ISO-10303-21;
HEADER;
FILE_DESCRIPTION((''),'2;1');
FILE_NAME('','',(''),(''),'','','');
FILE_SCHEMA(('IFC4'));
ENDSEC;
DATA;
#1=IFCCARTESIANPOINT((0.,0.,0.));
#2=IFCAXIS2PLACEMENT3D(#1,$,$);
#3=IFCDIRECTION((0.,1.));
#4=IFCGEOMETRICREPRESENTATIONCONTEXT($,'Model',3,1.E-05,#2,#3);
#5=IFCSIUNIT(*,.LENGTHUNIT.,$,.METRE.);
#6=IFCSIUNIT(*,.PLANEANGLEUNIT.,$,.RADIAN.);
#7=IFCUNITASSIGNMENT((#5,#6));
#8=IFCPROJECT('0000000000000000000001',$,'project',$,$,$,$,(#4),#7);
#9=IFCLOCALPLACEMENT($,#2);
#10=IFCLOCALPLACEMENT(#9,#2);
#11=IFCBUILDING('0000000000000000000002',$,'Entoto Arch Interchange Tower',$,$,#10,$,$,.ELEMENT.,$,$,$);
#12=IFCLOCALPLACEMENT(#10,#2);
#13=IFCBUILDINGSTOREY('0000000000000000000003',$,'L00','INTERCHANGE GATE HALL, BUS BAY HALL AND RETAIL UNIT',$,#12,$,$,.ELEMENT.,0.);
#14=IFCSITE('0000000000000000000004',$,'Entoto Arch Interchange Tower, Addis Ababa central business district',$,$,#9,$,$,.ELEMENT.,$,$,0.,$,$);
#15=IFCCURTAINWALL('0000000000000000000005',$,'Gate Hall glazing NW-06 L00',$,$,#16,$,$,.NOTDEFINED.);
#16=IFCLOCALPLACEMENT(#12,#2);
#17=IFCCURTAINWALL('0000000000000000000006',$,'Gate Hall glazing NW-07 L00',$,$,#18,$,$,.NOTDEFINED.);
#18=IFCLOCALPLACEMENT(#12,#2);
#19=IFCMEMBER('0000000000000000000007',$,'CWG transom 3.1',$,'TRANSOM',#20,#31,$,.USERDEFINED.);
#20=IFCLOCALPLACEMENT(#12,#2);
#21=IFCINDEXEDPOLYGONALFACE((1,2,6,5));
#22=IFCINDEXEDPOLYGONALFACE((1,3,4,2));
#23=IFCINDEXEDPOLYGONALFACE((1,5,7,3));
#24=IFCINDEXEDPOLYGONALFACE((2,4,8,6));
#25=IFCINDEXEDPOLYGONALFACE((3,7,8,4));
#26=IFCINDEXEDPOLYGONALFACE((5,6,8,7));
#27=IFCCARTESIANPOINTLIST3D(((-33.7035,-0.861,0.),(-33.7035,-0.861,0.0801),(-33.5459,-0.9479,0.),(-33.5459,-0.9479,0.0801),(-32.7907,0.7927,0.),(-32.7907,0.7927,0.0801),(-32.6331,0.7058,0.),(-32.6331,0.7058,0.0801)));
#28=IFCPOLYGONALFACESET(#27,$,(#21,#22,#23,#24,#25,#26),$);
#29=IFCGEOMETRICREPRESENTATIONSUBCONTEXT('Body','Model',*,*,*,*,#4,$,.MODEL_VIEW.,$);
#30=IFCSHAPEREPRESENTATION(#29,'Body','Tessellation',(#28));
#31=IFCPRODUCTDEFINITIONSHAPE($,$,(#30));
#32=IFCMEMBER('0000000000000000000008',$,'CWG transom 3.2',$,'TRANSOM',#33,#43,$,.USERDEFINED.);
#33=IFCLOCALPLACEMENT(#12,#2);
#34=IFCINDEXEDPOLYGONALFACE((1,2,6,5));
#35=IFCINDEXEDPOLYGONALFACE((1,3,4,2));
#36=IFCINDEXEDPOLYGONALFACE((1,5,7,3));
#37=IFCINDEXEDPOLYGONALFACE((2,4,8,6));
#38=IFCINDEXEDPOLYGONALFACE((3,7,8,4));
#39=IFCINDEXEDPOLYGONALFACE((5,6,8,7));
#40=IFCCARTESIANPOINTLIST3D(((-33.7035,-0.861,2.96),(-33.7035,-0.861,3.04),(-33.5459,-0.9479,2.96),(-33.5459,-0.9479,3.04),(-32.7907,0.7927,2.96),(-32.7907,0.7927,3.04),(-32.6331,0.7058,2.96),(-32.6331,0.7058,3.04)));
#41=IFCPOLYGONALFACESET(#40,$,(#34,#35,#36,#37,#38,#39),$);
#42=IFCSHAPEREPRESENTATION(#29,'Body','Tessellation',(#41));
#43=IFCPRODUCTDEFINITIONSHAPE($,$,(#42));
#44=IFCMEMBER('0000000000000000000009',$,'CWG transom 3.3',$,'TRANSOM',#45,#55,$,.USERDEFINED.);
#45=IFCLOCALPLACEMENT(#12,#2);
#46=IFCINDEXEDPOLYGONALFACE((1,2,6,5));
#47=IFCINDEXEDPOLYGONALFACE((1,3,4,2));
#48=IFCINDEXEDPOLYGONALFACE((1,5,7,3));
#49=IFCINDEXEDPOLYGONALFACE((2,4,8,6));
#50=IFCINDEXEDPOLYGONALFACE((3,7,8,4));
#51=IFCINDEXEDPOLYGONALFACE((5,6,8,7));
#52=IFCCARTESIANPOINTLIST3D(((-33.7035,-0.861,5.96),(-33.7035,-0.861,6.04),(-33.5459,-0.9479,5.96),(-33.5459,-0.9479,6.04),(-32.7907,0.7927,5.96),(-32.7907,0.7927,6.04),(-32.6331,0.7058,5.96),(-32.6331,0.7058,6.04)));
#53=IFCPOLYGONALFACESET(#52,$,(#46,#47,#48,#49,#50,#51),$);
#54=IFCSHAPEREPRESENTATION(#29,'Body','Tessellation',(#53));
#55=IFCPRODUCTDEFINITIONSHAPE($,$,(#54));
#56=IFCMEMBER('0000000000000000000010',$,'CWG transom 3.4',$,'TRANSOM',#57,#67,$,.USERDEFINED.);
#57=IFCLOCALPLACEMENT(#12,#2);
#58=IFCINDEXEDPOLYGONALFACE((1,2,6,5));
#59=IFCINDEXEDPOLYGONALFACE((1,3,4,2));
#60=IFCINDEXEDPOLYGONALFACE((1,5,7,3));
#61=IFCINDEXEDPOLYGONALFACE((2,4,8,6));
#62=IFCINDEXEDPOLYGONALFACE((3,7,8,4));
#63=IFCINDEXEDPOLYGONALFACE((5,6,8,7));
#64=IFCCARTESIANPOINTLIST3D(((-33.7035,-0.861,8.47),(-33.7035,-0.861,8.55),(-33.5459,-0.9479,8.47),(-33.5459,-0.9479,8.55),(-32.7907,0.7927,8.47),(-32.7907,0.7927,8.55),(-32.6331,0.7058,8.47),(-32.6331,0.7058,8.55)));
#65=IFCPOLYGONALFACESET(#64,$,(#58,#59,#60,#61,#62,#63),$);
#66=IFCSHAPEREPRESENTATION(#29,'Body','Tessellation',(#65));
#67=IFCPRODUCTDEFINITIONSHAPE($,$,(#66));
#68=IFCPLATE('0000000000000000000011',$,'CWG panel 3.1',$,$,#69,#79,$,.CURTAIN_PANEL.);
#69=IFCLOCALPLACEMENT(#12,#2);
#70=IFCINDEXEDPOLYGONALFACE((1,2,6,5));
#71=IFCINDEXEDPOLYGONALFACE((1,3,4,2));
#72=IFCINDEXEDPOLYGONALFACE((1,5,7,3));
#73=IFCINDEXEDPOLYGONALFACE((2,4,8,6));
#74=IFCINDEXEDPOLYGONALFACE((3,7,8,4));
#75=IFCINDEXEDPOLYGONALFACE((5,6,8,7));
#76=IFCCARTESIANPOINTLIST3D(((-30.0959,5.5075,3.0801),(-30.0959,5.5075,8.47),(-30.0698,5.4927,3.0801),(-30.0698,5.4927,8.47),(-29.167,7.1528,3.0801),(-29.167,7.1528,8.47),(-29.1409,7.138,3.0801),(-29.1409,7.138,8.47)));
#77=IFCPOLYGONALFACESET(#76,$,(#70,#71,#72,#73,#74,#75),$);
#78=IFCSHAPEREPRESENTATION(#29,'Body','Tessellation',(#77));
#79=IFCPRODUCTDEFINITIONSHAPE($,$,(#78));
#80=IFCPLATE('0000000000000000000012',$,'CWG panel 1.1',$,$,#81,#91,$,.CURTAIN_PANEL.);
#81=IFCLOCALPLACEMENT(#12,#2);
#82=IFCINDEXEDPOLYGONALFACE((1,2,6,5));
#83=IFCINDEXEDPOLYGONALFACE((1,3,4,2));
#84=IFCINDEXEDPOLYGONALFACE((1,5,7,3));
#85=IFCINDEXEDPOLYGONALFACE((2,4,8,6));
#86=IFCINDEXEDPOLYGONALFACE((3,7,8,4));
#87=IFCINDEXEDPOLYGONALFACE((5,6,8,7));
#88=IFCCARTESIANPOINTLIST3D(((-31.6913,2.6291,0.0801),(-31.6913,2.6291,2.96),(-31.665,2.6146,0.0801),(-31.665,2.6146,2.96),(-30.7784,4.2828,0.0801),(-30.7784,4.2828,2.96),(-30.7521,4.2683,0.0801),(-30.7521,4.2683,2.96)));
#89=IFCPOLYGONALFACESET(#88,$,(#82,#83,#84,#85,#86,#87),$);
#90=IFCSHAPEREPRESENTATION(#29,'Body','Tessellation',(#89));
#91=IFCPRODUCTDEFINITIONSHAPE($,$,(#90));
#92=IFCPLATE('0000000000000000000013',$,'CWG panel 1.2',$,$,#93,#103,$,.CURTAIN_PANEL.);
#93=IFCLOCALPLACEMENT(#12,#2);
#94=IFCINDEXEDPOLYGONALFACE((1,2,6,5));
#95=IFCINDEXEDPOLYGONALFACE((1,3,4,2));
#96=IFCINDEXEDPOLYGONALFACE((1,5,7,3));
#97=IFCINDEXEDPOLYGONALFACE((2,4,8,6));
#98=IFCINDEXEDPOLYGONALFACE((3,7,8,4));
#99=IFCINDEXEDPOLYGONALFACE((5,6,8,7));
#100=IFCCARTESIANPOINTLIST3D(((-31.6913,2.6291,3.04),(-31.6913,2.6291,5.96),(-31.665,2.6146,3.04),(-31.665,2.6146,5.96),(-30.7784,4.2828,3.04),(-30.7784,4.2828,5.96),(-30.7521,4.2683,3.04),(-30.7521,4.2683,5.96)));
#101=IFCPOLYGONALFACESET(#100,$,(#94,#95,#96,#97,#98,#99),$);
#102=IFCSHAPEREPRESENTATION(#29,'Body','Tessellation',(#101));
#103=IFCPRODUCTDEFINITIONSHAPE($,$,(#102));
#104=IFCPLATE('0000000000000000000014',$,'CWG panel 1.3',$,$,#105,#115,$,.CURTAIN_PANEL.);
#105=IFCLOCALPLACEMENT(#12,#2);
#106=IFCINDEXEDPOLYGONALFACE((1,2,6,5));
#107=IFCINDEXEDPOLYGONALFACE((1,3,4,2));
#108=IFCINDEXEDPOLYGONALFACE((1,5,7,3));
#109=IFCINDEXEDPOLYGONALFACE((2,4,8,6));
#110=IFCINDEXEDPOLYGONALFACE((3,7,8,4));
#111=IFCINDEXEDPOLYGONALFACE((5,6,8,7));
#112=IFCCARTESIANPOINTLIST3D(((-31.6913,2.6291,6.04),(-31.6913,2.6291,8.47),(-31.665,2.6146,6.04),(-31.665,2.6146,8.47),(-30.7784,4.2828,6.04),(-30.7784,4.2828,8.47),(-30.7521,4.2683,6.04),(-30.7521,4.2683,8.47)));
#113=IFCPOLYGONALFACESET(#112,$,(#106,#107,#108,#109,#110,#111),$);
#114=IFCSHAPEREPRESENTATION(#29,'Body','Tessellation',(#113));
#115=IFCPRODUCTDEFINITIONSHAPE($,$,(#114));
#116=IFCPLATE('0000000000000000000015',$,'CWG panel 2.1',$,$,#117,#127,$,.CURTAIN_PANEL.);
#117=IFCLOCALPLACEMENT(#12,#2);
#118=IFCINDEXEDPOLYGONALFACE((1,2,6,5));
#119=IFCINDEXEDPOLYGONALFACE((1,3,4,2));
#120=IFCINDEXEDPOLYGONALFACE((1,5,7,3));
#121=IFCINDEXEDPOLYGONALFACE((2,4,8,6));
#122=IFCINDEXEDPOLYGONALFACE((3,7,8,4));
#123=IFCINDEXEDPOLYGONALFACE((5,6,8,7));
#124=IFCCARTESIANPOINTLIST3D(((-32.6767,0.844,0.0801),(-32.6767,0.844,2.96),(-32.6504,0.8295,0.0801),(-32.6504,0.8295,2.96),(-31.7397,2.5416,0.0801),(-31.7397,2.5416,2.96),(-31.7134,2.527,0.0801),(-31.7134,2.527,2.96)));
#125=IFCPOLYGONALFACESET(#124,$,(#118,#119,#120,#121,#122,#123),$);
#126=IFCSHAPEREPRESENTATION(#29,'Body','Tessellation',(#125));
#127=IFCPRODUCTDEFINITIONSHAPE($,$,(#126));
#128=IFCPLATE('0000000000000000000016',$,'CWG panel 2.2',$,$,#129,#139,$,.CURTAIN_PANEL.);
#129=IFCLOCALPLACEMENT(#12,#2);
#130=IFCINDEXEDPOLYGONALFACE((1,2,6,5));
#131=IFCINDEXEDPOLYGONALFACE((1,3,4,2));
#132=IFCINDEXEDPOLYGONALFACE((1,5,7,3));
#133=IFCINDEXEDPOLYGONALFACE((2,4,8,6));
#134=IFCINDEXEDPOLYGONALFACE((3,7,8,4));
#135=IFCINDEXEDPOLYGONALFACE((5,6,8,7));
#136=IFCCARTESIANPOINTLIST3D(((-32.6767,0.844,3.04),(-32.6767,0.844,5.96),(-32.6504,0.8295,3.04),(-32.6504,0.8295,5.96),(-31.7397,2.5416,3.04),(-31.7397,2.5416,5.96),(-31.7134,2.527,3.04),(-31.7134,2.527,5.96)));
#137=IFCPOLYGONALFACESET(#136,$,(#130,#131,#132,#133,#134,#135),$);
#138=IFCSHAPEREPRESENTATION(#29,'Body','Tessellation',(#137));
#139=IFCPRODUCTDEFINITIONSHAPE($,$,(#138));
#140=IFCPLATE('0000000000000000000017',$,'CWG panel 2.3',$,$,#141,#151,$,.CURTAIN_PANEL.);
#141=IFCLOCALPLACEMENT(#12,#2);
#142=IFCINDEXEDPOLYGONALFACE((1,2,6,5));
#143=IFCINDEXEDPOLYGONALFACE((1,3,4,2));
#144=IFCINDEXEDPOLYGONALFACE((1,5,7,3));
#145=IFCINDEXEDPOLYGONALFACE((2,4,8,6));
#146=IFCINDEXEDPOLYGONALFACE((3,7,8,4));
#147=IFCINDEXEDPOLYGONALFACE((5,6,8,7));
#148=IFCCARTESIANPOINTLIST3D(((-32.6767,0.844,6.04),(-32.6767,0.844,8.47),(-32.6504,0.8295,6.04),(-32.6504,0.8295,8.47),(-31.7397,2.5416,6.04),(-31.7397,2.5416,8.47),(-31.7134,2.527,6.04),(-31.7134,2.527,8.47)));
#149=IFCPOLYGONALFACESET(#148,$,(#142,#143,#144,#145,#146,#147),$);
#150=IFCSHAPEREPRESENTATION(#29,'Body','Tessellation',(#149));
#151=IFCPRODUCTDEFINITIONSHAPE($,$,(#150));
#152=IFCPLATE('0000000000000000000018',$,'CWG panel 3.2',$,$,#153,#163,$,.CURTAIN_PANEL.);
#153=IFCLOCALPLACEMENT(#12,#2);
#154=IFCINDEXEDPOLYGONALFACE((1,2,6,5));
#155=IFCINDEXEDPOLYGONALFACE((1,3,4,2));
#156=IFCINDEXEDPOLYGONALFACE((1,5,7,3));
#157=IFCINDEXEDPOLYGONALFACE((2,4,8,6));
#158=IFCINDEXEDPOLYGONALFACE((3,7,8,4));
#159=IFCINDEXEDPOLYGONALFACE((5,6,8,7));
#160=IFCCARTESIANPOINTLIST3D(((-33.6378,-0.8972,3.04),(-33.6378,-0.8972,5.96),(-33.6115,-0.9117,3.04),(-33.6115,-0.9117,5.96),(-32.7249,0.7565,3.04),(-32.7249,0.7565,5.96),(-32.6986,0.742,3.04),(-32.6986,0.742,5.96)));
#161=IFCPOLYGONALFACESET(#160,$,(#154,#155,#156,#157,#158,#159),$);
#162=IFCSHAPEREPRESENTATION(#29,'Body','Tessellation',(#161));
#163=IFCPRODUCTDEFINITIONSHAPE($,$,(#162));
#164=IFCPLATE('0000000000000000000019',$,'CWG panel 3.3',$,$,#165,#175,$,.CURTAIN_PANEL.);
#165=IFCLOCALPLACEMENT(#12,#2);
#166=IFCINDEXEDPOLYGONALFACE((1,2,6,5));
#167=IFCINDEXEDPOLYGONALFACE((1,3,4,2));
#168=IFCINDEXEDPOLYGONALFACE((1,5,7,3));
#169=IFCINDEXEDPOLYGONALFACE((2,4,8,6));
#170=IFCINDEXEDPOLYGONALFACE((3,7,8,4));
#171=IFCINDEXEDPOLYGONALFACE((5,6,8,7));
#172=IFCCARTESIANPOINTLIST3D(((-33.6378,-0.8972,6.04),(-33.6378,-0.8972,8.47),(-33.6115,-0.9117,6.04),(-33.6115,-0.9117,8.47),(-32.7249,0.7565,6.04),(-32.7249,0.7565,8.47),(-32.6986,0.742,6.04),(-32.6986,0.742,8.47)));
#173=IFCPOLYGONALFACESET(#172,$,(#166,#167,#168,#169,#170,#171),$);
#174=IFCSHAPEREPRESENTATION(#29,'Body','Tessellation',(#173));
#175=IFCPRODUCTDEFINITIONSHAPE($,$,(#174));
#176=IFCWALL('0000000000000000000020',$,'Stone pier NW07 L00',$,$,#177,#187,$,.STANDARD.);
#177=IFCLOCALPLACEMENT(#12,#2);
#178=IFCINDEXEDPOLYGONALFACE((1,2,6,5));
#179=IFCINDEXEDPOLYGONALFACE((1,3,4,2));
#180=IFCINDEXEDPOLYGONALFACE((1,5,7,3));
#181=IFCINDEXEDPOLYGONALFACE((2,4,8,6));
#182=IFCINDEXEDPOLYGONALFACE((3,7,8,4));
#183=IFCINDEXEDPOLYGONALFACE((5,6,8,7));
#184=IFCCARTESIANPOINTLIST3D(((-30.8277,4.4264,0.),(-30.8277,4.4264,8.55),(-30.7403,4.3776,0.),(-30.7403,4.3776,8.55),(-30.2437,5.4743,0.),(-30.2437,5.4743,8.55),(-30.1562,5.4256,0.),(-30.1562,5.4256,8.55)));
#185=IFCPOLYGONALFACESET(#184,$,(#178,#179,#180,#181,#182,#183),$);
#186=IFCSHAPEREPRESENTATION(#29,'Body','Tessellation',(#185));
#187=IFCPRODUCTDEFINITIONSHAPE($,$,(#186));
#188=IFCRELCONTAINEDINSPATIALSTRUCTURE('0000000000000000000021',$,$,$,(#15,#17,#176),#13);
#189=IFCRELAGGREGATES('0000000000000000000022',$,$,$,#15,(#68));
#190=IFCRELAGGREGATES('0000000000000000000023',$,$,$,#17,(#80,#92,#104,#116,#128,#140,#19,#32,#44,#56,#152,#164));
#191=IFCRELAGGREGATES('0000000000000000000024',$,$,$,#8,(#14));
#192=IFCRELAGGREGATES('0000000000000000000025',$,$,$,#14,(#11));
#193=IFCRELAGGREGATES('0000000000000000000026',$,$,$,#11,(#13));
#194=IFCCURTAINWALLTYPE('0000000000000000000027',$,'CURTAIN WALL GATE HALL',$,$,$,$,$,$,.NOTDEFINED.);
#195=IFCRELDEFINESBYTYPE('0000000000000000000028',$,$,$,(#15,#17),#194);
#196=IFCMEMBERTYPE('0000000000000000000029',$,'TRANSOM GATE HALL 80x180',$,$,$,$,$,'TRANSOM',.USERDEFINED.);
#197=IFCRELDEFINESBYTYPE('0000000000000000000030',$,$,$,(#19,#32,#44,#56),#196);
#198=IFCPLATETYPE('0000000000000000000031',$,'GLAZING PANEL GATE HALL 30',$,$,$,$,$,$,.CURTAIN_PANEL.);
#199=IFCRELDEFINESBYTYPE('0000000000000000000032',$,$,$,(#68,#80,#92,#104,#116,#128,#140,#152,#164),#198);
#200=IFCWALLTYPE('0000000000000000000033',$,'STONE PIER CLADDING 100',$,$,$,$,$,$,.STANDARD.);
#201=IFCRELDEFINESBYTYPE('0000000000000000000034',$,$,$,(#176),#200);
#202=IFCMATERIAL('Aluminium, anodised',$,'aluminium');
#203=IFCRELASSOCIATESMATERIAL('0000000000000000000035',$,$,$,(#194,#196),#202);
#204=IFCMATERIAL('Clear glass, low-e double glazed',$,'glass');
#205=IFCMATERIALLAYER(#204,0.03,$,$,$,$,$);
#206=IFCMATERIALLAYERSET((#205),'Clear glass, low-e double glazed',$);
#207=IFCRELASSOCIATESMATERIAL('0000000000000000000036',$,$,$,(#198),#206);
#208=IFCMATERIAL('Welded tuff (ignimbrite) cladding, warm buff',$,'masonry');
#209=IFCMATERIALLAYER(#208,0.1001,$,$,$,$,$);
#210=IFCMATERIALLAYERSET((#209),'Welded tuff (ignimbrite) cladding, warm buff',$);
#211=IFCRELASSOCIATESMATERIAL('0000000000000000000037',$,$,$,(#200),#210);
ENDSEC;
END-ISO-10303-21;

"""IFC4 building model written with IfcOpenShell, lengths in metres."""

from ifc_helpers import new_model, si_unit, direction, frame, frame_2d, origin, origin_2d, place, context, subcontext, project, spatial, rectangle, extrude, material, layer, layer_set, material_profile, profile_set, type_object, element, aggregate, save


model = new_model("IFC4")

# Units and contexts
model_context = context("Model", 3, precision=1e-05, world=origin(), true_north=direction((0.0, 1.0)))
body_context = subcontext(model_context, "Body", "Model", "MODEL_VIEW")
ifc_project = project(units=[si_unit("LENGTHUNIT", "METRE"), si_unit("PLANEANGLEUNIT", "RADIAN")], contexts=[model_context])

# Site, building, storey
site_placement = place(None, origin())
site = spatial("IfcSite", under=ifc_project, at=site_placement, Name="Entoto Arch Interchange Tower, Addis Ababa central business district", CompositionType="ELEMENT", RefElevation=0.0)
building_placement = place(site_placement, origin())
building = spatial("IfcBuilding", under=site, at=building_placement, Name="Entoto Arch Interchange Tower", CompositionType="ELEMENT")
storey_placement = place(building_placement, origin())
storey = spatial("IfcBuildingStorey", under=building, at=storey_placement, Name="L00", Description="INTERCHANGE GATE HALL, BUS BAY HALL AND RETAIL UNIT", CompositionType="ELEMENT", Elevation=0.0)

# Curtain wall
ifc_material_1 = material(Name="Aluminium, anodised", Category="aluminium")
curtain_wall_type = type_object("IfcCurtainWallType", Name="CURTAIN WALL GATE HALL", PredefinedType="NOTDEFINED", material=ifc_material_1)
curtain_wall_1_placement = place(storey_placement, origin())
curtain_wall_1 = element("IfcCurtainWall", 1, at=curtain_wall_1_placement, inside=storey, type_object=curtain_wall_type, Name="Gate Hall glazing NW-06 L00", PredefinedType="NOTDEFINED")

# Curtain wall
curtain_wall_2_placement = place(storey_placement, origin())
curtain_wall_2 = element("IfcCurtainWall", 2, at=curtain_wall_2_placement, inside=storey, type_object=curtain_wall_type, Name="Gate Hall glazing NW-07 L00", PredefinedType="NOTDEFINED")

# Members
ifc_material_profile_1 = material_profile(ifc_material_1, rectangle(XDim=0.1799, YDim=0.0801, at=origin_2d()))
ifc_profile_set_1 = profile_set([ifc_material_profile_1], Name="Aluminium, anodised")
member_type_1 = type_object("IfcMemberType", Name="TRANSOM GATE HALL 80x180", ElementType="TRANSOM", PredefinedType="USERDEFINED", material=ifc_profile_set_1)
member_1_placement = place(storey_placement, frame((-32.7119, 0.7493, 0.04), z_axis=(-0.483238, -0.875489, 0.0), x_axis=(0.875489, -0.483238, 0.0)))
member_1 = element("IfcMember", 3, at=member_1_placement, type_object=member_type_1, Name="CWG transom 3.1", ObjectType="TRANSOM", PredefinedType="USERDEFINED", context=body_context, shape_type="SweptSolid", body=[
    extrude(rectangle(XDim=0.1799, YDim=0.0801, at=origin_2d()), origin(), (0.0, 0.0, 1.0), 1.8889),
])
member_2_placement = place(storey_placement, frame((-32.7119, 0.7493, 3.0), z_axis=(-0.483238, -0.875489, 0.0), x_axis=(0.875489, -0.483238, 0.0)))
member_2 = element("IfcMember", 4, at=member_2_placement, type_object=member_type_1, Name="CWG transom 3.2", ObjectType="TRANSOM", PredefinedType="USERDEFINED", context=body_context, shape_type="SweptSolid", body=[
    extrude(rectangle(XDim=0.1799, YDim=0.0801, at=origin_2d()), origin(), (0.0, 0.0, 1.0), 1.8889),
])
member_3_placement = place(storey_placement, frame((-32.7119, 0.7493, 6.0), z_axis=(-0.483238, -0.875489, 0.0), x_axis=(0.875489, -0.483238, 0.0)))
member_3 = element("IfcMember", 5, at=member_3_placement, type_object=member_type_1, Name="CWG transom 3.3", ObjectType="TRANSOM", PredefinedType="USERDEFINED", context=body_context, shape_type="SweptSolid", body=[
    extrude(rectangle(XDim=0.1799, YDim=0.0801, at=origin_2d()), origin(), (0.0, 0.0, 1.0), 1.8889),
])
member_4_placement = place(storey_placement, frame((-32.7119, 0.7493, 8.51), z_axis=(-0.483238, -0.875489, 0.0), x_axis=(0.875489, -0.483238, 0.0)))
member_4 = element("IfcMember", 6, at=member_4_placement, type_object=member_type_1, Name="CWG transom 3.4", ObjectType="TRANSOM", PredefinedType="USERDEFINED", context=body_context, shape_type="SweptSolid", body=[
    extrude(rectangle(XDim=0.1799, YDim=0.0801, at=origin_2d()), origin(), (0.0, 0.0, 1.0), 1.8889),
])

# Plates
ifc_material_2 = material(Name="Clear glass, low-e double glazed", Category="glass")
ifc_layer_1 = layer(ifc_material_2, 0.03)
ifc_layer_set_1 = layer_set([ifc_layer_1], Name="Clear glass, low-e double glazed")
plate_type = type_object("IfcPlateType", Name="GLAZING PANEL GATE HALL 30", PredefinedType="CURTAIN_PANEL", material=ifc_layer_set_1)
plate_1_placement = place(storey_placement, frame((-29.6184, 6.3228, 3.0801), z_axis=(0.0, 0.0, 1.0), x_axis=(-0.491626, -0.870806, 0.0)))
plate_1 = element("IfcPlate", 7, at=plate_1_placement, type_object=plate_type, Name="CWG panel 3.1", PredefinedType="CURTAIN_PANEL", context=body_context, shape_type="SweptSolid", body=[
    extrude(rectangle(XDim=1.8894, YDim=0.03, at=origin_2d()), origin(), (0.0, 0.0, 1.0), 5.3899),
])
aggregate(curtain_wall_1, [plate_1])
plate_2_placement = place(storey_placement, frame((-31.2217, 3.4487, 0.0801), z_axis=(0.0, 0.0, 1.0), x_axis=(-0.483267, -0.875473, 0.0)))
plate_2 = element("IfcPlate", 8, at=plate_2_placement, type_object=plate_type, Name="CWG panel 1.1", PredefinedType="CURTAIN_PANEL", context=body_context, shape_type="SweptSolid", body=[
    extrude(rectangle(XDim=1.8889, YDim=0.03, at=origin_2d()), origin(), (0.0, 0.0, 1.0), 2.8799),
])
plate_3_placement = place(storey_placement, frame((-31.2217, 3.4487, 3.04), z_axis=(0.0, 0.0, 1.0), x_axis=(-0.483267, -0.875473, 0.0)))
plate_3 = element("IfcPlate", 9, at=plate_3_placement, type_object=plate_type, Name="CWG panel 1.2", PredefinedType="CURTAIN_PANEL", context=body_context, shape_type="SweptSolid", body=[
    extrude(rectangle(XDim=1.8889, YDim=0.03, at=origin_2d()), origin(), (0.0, 0.0, 1.0), 2.9199),
])
plate_4_placement = place(storey_placement, frame((-31.2217, 3.4487, 6.04), z_axis=(0.0, 0.0, 1.0), x_axis=(-0.483267, -0.875473, 0.0)))
plate_4 = element("IfcPlate", 10, at=plate_4_placement, type_object=plate_type, Name="CWG panel 1.3", PredefinedType="CURTAIN_PANEL", context=body_context, shape_type="SweptSolid", body=[
    extrude(rectangle(XDim=1.8889, YDim=0.03, at=origin_2d()), origin(), (0.0, 0.0, 1.0), 2.4299),
])
plate_5_placement = place(storey_placement, frame((-32.1951, 1.6855, 0.0801), z_axis=(0.0, 0.0, 1.0), x_axis=(-0.483267, -0.875473, 0.0)))
plate_5 = element("IfcPlate", 11, at=plate_5_placement, type_object=plate_type, Name="CWG panel 2.1", PredefinedType="CURTAIN_PANEL", context=body_context, shape_type="SweptSolid", body=[
    extrude(rectangle(XDim=1.939, YDim=0.03, at=origin_2d()), origin(), (0.0, 0.0, 1.0), 2.8799),
])
plate_6_placement = place(storey_placement, frame((-32.1951, 1.6855, 3.04), z_axis=(0.0, 0.0, 1.0), x_axis=(-0.483267, -0.875473, 0.0)))
plate_6 = element("IfcPlate", 12, at=plate_6_placement, type_object=plate_type, Name="CWG panel 2.2", PredefinedType="CURTAIN_PANEL", context=body_context, shape_type="SweptSolid", body=[
    extrude(rectangle(XDim=1.939, YDim=0.03, at=origin_2d()), origin(), (0.0, 0.0, 1.0), 2.9199),
])
plate_7_placement = place(storey_placement, frame((-32.1951, 1.6855, 6.04), z_axis=(0.0, 0.0, 1.0), x_axis=(-0.483267, -0.875473, 0.0)))
plate_7 = element("IfcPlate", 13, at=plate_7_placement, type_object=plate_type, Name="CWG panel 2.3", PredefinedType="CURTAIN_PANEL", context=body_context, shape_type="SweptSolid", body=[
    extrude(rectangle(XDim=1.939, YDim=0.03, at=origin_2d()), origin(), (0.0, 0.0, 1.0), 2.4299),
])
plate_8_placement = place(storey_placement, frame((-33.1682, -0.0776, 3.04), z_axis=(0.0, 0.0, 1.0), x_axis=(-0.483267, -0.875473, 0.0)))
plate_8 = element("IfcPlate", 14, at=plate_8_placement, type_object=plate_type, Name="CWG panel 3.2", PredefinedType="CURTAIN_PANEL", context=body_context, shape_type="SweptSolid", body=[
    extrude(rectangle(XDim=1.8889, YDim=0.03, at=origin_2d()), origin(), (0.0, 0.0, 1.0), 2.9199),
])
plate_9_placement = place(storey_placement, frame((-33.1682, -0.0776, 6.04), z_axis=(0.0, 0.0, 1.0), x_axis=(-0.483267, -0.875473, 0.0)))
plate_9 = element("IfcPlate", 15, at=plate_9_placement, type_object=plate_type, Name="CWG panel 3.3", PredefinedType="CURTAIN_PANEL", context=body_context, shape_type="SweptSolid", body=[
    extrude(rectangle(XDim=1.8889, YDim=0.03, at=origin_2d()), origin(), (0.0, 0.0, 1.0), 2.4299),
])
aggregate(curtain_wall_2, [plate_2, plate_3, plate_4, plate_5, plate_6, plate_7, member_1, member_2, member_3, member_4, plate_8, plate_9])

# Shared definitions
ifc_material_3 = material(Name="Welded tuff (ignimbrite) cladding, warm buff", Category="masonry")

# Wall
ifc_layer_2 = layer(ifc_material_3, 0.1001)
ifc_layer_set_2 = layer_set([ifc_layer_2], Name="Welded tuff (ignimbrite) cladding, warm buff")
wall_type_1 = type_object("IfcWallType", Name="STONE PIER CLADDING 100", PredefinedType="STANDARD", material=ifc_layer_set_2)
wall_1_placement = place(storey_placement, frame((-30.2, 5.45, 0.0), z_axis=(0.0, 0.0, 1.0), x_axis=(-0.486818, -0.873504, 0.0)))
element("IfcWall", 16, at=wall_1_placement, inside=storey, type_object=wall_type_1, Name="Stone pier NW07 L00", PredefinedType="STANDARD", context=body_context, shape_type="SweptSolid", body=[
    extrude(rectangle(XDim=1.1997, YDim=0.1001, at=frame_2d((0.5999, 0.0))), origin(), (0.0, 0.0, 1.0), 8.55),
])

save(model, "model.ifc")
